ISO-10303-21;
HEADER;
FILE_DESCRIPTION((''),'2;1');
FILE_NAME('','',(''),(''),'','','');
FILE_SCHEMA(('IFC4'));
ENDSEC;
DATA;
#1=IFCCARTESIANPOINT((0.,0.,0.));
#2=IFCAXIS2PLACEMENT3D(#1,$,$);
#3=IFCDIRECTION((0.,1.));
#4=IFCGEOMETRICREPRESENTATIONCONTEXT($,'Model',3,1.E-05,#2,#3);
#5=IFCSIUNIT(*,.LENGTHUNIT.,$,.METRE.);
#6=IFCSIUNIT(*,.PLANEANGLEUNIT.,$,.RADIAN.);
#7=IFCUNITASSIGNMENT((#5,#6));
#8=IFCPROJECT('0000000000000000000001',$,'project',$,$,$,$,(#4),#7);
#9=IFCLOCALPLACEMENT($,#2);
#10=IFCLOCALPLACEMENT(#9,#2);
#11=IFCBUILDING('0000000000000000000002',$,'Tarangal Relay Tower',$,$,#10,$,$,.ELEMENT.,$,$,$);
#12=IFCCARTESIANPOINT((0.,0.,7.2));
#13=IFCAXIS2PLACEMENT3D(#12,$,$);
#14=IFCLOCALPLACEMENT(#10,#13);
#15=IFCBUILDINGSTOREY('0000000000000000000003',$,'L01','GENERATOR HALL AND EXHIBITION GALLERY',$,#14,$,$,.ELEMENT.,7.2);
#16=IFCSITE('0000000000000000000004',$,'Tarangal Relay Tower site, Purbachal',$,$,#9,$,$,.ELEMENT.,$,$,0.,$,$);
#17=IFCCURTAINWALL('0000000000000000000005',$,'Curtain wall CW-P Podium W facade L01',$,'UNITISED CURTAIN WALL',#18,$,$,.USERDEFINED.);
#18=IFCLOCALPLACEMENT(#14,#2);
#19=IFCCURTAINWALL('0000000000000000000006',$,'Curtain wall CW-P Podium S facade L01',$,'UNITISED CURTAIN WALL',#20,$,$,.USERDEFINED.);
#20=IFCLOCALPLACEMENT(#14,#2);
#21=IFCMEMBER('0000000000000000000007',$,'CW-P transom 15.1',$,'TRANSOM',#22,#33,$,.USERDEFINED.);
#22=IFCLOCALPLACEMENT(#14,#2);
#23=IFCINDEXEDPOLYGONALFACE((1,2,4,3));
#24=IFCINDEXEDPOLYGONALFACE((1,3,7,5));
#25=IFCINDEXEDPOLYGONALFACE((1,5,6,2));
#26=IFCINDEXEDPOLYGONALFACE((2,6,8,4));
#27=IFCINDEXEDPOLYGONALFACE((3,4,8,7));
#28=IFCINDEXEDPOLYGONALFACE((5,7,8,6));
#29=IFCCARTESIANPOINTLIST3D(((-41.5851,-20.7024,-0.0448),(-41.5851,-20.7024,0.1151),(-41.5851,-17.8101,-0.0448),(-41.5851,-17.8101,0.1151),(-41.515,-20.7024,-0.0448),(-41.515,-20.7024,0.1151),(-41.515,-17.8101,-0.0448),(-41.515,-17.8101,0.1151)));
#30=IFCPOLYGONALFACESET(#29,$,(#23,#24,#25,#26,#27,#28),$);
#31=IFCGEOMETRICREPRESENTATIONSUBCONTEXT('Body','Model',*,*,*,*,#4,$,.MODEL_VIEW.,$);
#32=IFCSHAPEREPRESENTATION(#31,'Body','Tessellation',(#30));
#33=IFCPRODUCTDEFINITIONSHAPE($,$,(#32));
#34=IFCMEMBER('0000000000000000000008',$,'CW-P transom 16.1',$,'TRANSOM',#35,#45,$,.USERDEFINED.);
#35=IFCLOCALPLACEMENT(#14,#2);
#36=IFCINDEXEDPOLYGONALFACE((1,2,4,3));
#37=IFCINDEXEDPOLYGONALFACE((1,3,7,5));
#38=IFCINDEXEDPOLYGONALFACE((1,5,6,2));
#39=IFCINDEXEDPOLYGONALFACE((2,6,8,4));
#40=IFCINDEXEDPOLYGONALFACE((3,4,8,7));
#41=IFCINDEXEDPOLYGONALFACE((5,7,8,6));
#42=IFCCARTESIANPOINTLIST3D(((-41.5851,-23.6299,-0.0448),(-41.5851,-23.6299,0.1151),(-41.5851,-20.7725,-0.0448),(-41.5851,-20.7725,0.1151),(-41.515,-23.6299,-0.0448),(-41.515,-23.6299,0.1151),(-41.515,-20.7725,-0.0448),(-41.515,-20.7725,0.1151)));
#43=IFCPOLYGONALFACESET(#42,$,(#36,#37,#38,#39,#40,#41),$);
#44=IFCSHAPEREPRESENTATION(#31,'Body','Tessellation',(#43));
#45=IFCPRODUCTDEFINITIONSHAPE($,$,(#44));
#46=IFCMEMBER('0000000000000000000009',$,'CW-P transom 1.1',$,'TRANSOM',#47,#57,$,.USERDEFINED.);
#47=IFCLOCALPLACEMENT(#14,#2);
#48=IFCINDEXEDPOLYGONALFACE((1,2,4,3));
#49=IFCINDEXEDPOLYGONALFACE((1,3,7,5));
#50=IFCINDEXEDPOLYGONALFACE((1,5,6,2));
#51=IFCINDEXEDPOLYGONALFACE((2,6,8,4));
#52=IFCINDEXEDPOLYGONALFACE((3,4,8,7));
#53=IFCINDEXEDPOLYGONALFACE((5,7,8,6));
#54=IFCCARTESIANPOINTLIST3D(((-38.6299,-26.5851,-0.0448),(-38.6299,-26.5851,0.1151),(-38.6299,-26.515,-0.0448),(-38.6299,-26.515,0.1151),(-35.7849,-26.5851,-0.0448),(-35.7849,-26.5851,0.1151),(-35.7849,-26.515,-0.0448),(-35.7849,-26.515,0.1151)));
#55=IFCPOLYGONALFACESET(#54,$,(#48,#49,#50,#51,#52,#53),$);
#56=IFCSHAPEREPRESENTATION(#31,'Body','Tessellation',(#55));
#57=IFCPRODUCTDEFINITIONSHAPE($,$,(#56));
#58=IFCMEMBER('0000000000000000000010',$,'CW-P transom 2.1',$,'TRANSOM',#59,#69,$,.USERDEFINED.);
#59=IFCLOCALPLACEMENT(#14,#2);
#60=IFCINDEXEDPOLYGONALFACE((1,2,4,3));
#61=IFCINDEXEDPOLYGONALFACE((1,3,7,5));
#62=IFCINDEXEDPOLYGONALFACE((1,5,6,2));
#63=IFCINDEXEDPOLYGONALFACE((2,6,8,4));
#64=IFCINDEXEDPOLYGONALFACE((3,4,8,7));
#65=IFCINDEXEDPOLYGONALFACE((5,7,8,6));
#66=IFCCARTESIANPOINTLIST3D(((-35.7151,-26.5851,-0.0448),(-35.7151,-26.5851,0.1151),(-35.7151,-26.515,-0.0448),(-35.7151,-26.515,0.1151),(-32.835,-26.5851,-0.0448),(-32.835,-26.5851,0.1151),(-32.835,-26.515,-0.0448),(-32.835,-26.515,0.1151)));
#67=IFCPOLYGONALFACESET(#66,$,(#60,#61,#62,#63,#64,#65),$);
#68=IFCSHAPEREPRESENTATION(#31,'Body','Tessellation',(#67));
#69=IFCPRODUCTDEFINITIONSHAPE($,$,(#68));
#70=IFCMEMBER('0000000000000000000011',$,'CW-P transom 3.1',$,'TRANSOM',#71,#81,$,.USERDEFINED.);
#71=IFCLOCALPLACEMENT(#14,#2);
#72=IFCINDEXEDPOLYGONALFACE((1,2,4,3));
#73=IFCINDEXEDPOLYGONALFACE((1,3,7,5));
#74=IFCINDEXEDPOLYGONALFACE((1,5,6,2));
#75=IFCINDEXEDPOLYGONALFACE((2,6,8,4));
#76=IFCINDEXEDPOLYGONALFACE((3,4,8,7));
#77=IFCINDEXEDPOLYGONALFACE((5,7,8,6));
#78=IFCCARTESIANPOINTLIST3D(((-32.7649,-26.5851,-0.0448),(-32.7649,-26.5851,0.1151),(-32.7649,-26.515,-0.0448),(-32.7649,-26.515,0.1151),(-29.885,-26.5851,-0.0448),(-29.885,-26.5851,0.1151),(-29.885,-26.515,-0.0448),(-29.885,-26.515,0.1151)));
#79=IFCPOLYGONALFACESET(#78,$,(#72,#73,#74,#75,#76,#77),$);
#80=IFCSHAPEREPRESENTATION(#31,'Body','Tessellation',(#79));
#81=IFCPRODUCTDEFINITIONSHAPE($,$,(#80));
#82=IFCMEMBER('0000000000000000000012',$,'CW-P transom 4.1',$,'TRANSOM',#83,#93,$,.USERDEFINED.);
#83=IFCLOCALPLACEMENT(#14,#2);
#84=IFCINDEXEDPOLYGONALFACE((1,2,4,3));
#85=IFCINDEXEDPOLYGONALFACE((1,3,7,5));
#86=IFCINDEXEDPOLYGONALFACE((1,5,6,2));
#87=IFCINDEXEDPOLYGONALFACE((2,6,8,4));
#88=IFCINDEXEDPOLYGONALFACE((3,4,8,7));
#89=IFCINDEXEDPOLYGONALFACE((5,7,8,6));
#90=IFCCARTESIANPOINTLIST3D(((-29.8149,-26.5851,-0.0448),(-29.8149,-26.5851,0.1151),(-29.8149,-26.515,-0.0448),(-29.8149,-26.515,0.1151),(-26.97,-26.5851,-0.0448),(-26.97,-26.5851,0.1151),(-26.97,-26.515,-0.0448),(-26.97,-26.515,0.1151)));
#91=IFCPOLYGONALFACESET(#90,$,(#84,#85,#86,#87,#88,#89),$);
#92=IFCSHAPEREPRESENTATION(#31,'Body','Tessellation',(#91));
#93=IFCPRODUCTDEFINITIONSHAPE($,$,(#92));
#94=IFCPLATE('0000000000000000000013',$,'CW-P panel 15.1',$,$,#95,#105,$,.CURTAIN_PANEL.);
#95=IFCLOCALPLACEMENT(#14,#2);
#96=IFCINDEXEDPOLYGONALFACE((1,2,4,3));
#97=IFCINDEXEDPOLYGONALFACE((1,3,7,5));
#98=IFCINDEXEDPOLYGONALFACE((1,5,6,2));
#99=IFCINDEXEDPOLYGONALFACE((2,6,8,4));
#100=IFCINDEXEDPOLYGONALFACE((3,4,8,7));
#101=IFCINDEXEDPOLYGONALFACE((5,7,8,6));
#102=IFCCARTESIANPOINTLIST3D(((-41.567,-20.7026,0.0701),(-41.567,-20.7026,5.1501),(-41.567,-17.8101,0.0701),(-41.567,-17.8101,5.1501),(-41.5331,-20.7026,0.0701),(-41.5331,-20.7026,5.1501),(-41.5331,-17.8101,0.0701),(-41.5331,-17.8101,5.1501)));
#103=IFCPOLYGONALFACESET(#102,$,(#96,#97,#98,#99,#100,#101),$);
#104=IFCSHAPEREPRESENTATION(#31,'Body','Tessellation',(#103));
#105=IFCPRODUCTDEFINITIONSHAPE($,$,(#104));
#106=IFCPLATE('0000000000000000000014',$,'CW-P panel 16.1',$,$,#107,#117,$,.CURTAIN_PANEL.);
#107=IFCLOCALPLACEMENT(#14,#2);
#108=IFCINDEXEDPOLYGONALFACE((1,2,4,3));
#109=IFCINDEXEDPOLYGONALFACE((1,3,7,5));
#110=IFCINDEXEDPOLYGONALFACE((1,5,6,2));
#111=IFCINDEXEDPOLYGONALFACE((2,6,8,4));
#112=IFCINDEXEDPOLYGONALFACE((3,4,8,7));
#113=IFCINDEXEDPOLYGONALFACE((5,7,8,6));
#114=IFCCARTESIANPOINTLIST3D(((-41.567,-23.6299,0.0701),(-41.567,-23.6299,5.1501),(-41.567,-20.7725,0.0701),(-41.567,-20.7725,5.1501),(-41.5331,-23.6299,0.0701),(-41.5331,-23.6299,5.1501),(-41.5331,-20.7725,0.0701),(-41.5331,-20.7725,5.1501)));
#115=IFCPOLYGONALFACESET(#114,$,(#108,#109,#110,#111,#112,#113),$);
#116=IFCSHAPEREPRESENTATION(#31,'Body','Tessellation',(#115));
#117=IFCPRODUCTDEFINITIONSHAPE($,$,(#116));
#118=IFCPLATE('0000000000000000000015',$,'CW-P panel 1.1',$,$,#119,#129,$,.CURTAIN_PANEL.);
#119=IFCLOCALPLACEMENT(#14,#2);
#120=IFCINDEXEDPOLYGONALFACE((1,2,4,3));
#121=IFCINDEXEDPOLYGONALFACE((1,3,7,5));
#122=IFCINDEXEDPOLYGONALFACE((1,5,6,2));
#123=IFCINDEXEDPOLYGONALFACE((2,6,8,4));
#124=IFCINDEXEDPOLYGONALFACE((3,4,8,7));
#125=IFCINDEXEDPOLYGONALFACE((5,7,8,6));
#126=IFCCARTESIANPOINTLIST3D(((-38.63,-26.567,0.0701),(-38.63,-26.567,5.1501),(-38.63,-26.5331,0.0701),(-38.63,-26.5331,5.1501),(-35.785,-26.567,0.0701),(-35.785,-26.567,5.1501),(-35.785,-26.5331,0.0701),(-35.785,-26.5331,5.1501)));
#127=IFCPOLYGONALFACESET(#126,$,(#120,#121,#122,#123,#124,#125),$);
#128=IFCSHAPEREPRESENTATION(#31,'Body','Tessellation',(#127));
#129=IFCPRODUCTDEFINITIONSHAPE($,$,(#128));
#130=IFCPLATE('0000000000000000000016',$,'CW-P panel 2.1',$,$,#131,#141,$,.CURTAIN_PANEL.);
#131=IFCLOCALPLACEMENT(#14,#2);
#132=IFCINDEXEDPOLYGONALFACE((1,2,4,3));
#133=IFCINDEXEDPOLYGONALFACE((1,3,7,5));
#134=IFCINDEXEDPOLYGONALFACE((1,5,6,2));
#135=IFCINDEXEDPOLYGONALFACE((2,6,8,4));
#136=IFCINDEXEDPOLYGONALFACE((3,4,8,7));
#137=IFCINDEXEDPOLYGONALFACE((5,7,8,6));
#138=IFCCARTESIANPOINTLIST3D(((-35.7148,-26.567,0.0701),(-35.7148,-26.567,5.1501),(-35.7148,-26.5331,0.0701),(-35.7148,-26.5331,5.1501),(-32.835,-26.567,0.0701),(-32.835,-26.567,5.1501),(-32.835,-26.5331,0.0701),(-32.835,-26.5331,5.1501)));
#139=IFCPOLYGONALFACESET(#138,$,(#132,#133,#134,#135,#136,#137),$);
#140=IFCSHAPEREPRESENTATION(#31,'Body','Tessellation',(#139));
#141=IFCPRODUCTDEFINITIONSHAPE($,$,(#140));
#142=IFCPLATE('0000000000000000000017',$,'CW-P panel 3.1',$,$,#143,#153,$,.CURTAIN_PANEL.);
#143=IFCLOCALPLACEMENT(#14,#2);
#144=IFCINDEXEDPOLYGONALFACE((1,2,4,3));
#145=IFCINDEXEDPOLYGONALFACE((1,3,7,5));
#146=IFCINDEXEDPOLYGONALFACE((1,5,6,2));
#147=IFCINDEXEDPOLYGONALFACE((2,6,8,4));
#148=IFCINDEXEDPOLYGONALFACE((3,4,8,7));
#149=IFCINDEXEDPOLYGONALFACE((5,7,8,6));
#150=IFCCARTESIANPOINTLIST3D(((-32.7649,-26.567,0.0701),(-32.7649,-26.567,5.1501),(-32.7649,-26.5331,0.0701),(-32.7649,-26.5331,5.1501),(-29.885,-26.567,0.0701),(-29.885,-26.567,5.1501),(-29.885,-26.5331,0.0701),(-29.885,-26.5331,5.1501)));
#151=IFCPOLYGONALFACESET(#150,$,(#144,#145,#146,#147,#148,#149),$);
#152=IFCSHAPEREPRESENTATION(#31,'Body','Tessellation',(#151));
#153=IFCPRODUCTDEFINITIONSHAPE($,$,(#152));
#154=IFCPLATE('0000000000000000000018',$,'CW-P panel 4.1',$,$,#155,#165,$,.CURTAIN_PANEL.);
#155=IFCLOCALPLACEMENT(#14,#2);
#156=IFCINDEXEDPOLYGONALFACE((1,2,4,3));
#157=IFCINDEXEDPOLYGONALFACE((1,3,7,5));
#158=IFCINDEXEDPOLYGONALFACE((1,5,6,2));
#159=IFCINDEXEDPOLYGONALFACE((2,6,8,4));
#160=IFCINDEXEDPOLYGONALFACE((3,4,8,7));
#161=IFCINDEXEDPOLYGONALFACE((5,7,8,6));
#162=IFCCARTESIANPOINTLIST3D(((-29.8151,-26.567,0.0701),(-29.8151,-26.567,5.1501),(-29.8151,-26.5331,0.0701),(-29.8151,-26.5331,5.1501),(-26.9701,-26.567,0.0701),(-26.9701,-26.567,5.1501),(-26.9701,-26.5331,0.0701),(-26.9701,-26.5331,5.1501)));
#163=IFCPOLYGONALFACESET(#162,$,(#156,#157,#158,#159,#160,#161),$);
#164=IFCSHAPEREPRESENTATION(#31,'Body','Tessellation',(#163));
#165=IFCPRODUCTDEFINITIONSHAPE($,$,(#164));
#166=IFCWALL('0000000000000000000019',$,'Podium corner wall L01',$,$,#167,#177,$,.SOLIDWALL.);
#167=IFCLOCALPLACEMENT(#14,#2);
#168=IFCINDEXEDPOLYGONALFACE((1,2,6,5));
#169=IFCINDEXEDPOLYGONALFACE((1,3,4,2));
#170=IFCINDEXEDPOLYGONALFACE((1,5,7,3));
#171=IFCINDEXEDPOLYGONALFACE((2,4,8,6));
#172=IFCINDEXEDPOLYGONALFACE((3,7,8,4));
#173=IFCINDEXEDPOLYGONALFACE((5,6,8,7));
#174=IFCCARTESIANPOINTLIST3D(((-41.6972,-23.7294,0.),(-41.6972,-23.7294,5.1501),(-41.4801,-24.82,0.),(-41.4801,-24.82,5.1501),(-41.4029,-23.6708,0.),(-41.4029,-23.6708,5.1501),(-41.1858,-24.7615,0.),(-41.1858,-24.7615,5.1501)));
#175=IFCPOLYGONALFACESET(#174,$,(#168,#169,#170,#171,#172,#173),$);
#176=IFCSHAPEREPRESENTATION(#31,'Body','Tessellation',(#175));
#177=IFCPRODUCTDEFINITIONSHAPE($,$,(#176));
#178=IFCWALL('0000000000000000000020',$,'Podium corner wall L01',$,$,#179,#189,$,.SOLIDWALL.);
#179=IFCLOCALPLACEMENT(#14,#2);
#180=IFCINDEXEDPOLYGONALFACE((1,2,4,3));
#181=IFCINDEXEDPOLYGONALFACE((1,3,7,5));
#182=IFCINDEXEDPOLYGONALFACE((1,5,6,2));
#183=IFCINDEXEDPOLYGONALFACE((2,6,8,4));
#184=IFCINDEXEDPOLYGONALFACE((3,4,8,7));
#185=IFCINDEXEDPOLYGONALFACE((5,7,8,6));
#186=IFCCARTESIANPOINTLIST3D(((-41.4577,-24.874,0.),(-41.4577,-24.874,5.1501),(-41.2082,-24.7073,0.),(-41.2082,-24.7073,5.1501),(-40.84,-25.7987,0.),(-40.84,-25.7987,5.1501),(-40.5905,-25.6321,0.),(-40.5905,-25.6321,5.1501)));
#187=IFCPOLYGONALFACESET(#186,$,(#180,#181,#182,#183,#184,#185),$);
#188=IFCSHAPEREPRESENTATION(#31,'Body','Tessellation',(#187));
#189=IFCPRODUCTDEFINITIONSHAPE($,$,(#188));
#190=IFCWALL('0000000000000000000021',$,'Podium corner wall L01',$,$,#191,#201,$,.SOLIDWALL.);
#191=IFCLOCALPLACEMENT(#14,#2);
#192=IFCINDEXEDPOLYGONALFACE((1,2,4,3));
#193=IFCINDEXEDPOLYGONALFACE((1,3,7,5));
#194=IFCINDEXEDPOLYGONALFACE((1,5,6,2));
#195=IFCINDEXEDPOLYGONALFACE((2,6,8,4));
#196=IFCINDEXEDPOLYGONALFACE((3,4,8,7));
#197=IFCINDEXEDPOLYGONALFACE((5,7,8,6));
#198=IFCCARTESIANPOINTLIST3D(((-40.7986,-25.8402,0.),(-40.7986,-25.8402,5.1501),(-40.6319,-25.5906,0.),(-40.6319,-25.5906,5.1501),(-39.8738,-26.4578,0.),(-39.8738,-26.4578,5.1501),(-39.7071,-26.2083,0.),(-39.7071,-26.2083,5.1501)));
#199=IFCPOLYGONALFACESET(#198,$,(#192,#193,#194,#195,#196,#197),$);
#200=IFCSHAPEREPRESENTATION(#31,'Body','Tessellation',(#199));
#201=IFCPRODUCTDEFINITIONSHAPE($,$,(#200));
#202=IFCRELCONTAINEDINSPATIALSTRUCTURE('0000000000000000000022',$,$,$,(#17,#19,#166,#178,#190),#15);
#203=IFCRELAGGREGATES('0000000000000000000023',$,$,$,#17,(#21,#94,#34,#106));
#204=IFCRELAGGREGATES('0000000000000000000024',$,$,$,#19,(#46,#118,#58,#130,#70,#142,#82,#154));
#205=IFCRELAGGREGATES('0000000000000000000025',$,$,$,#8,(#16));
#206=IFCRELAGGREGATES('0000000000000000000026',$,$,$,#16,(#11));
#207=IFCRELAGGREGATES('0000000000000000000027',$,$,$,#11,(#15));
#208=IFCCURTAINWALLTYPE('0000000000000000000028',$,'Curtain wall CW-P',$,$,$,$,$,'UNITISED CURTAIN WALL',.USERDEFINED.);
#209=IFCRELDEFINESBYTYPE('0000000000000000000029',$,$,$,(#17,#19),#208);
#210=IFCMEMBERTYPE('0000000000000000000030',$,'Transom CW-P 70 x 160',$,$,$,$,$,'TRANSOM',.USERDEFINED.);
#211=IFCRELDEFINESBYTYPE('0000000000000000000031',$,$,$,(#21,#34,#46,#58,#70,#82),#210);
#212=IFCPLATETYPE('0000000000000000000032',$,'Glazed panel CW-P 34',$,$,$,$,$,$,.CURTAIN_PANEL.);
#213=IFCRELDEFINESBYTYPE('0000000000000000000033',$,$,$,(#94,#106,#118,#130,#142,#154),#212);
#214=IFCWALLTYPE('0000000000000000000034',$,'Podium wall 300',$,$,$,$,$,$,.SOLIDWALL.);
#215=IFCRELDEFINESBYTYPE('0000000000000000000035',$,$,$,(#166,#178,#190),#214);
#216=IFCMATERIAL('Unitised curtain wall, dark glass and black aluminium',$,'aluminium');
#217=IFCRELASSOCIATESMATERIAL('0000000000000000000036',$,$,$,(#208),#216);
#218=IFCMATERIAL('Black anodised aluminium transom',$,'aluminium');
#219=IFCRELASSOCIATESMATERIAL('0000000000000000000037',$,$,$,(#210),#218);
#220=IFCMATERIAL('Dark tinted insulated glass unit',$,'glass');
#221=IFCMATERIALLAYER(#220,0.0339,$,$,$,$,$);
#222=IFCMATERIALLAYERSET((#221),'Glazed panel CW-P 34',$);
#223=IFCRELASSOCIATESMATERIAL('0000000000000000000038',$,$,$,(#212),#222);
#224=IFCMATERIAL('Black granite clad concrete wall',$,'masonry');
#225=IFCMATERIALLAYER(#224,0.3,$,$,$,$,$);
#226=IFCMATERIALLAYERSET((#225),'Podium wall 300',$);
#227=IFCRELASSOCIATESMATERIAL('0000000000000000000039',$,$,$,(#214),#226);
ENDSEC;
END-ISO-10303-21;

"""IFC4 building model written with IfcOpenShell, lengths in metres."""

from ifc_helpers import new_model, si_unit, direction, frame, frame_2d, origin, origin_2d, place, context, subcontext, project, spatial, rectangle, extrude, material, layer, layer_set, material_profile, profile_set, type_object, element, aggregate, save


model = new_model("IFC4")

# Units and contexts
model_context = context("Model", 3, precision=1e-05, world=origin(), true_north=direction((0.0, 1.0)))
body_context = subcontext(model_context, "Body", "Model", "MODEL_VIEW")
ifc_project = project(units=[si_unit("LENGTHUNIT", "METRE"), si_unit("PLANEANGLEUNIT", "RADIAN")], contexts=[model_context])

# Site, building, storey
site_placement = place(None, origin())
site = spatial("IfcSite", under=ifc_project, at=site_placement, Name="Tarangal Relay Tower site, Purbachal", CompositionType="ELEMENT", RefElevation=0.0)
building_placement = place(site_placement, origin())
building = spatial("IfcBuilding", under=site, at=building_placement, Name="Tarangal Relay Tower", CompositionType="ELEMENT")
storey_placement = place(building_placement, frame((0.0, 0.0, 7.2)))
storey = spatial("IfcBuildingStorey", under=building, at=storey_placement, Name="L01", Description="GENERATOR HALL AND EXHIBITION GALLERY", CompositionType="ELEMENT", Elevation=7.2)

# Curtain walls
ifc_material_1 = material(Name="Unitised curtain wall, dark glass and black aluminium", Category="aluminium")
curtain_wall_type = type_object("IfcCurtainWallType", Name="Curtain wall CW-P", ElementType="UNITISED CURTAIN WALL", PredefinedType="USERDEFINED", material=ifc_material_1)
curtain_wall_1_placement = place(storey_placement, origin())
curtain_wall_1 = element("IfcCurtainWall", 1, at=curtain_wall_1_placement, inside=storey, type_object=curtain_wall_type, Name="Curtain wall CW-P Podium W facade L01", ObjectType="UNITISED CURTAIN WALL", PredefinedType="USERDEFINED")
curtain_wall_2_placement = place(storey_placement, origin())
curtain_wall_2 = element("IfcCurtainWall", 2, at=curtain_wall_2_placement, inside=storey, type_object=curtain_wall_type, Name="Curtain wall CW-P Podium S facade L01", ObjectType="UNITISED CURTAIN WALL", PredefinedType="USERDEFINED")

# Members
ifc_material_2 = material(Name="Black anodised aluminium transom", Category="aluminium")
ifc_material_profile_1 = material_profile(ifc_material_2, rectangle(XDim=0.0701, YDim=0.1599, at=origin_2d()), Name="CW-PT 70X160")
ifc_profile_set_1 = profile_set([ifc_material_profile_1], Name="Black anodised aluminium transom")
member_type_1 = type_object("IfcMemberType", Name="Transom CW-P 70 x 160", ElementType="TRANSOM", PredefinedType="USERDEFINED", material=ifc_profile_set_1)
member_1_placement = place(storey_placement, frame((-41.55, -17.8101, 0.0352), z_axis=(0.0, -1.0, 0.0), x_axis=(1.0, 0.0, 0.0)))
member_1 = element("IfcMember", 3, at=member_1_placement, type_object=member_type_1, Name="CW-P transom 15.1", ObjectType="TRANSOM", PredefinedType="USERDEFINED", context=body_context, shape_type="SweptSolid", body=[
    extrude(rectangle(XDim=0.0701, YDim=0.1599, at=origin_2d()), origin(), (0.0, 0.0, 1.0), 2.8923),
])
member_2_placement = place(storey_placement, frame((-41.55, -20.7725, 0.0352), z_axis=(0.0, -1.0, 0.0), x_axis=(1.0, 0.0, 0.0)))
member_2 = element("IfcMember", 4, at=member_2_placement, type_object=member_type_1, Name="CW-P transom 16.1", ObjectType="TRANSOM", PredefinedType="USERDEFINED", context=body_context, shape_type="SweptSolid", body=[
    extrude(rectangle(XDim=0.0701, YDim=0.1599, at=origin_2d()), origin(), (0.0, 0.0, 1.0), 2.8574),
])
member_3_placement = place(storey_placement, frame((-38.6299, -26.55, 0.0352), z_axis=(1.0, 0.0, 0.0), x_axis=(0.0, 1.0, 0.0)))
member_3 = element("IfcMember", 5, at=member_3_placement, type_object=member_type_1, Name="CW-P transom 1.1", ObjectType="TRANSOM", PredefinedType="USERDEFINED", context=body_context, shape_type="SweptSolid", body=[
    extrude(rectangle(XDim=0.0701, YDim=0.1599, at=origin_2d()), origin(), (0.0, 0.0, 1.0), 2.845),
])
member_4_placement = place(storey_placement, frame((-35.7151, -26.55, 0.0352), z_axis=(1.0, 0.0, 0.0), x_axis=(0.0, 1.0, 0.0)))
member_4 = element("IfcMember", 6, at=member_4_placement, type_object=member_type_1, Name="CW-P transom 2.1", ObjectType="TRANSOM", PredefinedType="USERDEFINED", context=body_context, shape_type="SweptSolid", body=[
    extrude(rectangle(XDim=0.0701, YDim=0.1599, at=origin_2d()), origin(), (0.0, 0.0, 1.0), 2.8801),
])
member_5_placement = place(storey_placement, frame((-32.7649, -26.55, 0.0352), z_axis=(1.0, 0.0, 0.0), x_axis=(0.0, 1.0, 0.0)))
member_5 = element("IfcMember", 7, at=member_5_placement, type_object=member_type_1, Name="CW-P transom 3.1", ObjectType="TRANSOM", PredefinedType="USERDEFINED", context=body_context, shape_type="SweptSolid", body=[
    extrude(rectangle(XDim=0.0701, YDim=0.1599, at=origin_2d()), origin(), (0.0, 0.0, 1.0), 2.8799),
])
member_6_placement = place(storey_placement, frame((-29.8149, -26.55, 0.0352), z_axis=(1.0, 0.0, 0.0), x_axis=(0.0, 1.0, 0.0)))
member_6 = element("IfcMember", 8, at=member_6_placement, type_object=member_type_1, Name="CW-P transom 4.1", ObjectType="TRANSOM", PredefinedType="USERDEFINED", context=body_context, shape_type="SweptSolid", body=[
    extrude(rectangle(XDim=0.0701, YDim=0.1599, at=origin_2d()), origin(), (0.0, 0.0, 1.0), 2.845),
])

# Plates
ifc_material_3 = material(Name="Dark tinted insulated glass unit", Category="glass")
ifc_layer_1 = layer(ifc_material_3, 0.0339)
ifc_layer_set_1 = layer_set([ifc_layer_1], Name="Glazed panel CW-P 34")
plate_type = type_object("IfcPlateType", Name="Glazed panel CW-P 34", PredefinedType="CURTAIN_PANEL", material=ifc_layer_set_1)
plate_1_placement = place(storey_placement, frame((-41.55, -19.2563, 0.0701), z_axis=(0.0, 0.0, 1.0), x_axis=(0.0, -1.0, 0.0)))
plate_1 = element("IfcPlate", 9, at=plate_1_placement, type_object=plate_type, Name="CW-P panel 15.1", PredefinedType="CURTAIN_PANEL", context=body_context, shape_type="SweptSolid", body=[
    extrude(rectangle(XDim=2.8926, YDim=0.0339, at=origin_2d()), origin(), (0.0, 0.0, 1.0), 5.0801),
])
plate_2_placement = place(storey_placement, frame((-41.55, -22.2012, 0.0701), z_axis=(0.0, 0.0, 1.0), x_axis=(0.0, -1.0, 0.0)))
plate_2 = element("IfcPlate", 10, at=plate_2_placement, type_object=plate_type, Name="CW-P panel 16.1", PredefinedType="CURTAIN_PANEL", context=body_context, shape_type="SweptSolid", body=[
    extrude(rectangle(XDim=2.8574, YDim=0.0339, at=origin_2d()), origin(), (0.0, 0.0, 1.0), 5.0801),
])
aggregate(curtain_wall_1, [member_1, plate_1, member_2, plate_2])
plate_3_placement = place(storey_placement, frame((-37.2075, -26.55, 0.0701), z_axis=(0.0, 0.0, 1.0), x_axis=(1.0, 0.0, 0.0)))
plate_3 = element("IfcPlate", 11, at=plate_3_placement, type_object=plate_type, Name="CW-P panel 1.1", PredefinedType="CURTAIN_PANEL", context=body_context, shape_type="SweptSolid", body=[
    extrude(rectangle(XDim=2.845, YDim=0.0339, at=origin_2d()), origin(), (0.0, 0.0, 1.0), 5.0801),
])
plate_4_placement = place(storey_placement, frame((-34.2749, -26.55, 0.0701), z_axis=(0.0, 0.0, 1.0), x_axis=(1.0, 0.0, 0.0)))
plate_4 = element("IfcPlate", 12, at=plate_4_placement, type_object=plate_type, Name="CW-P panel 2.1", PredefinedType="CURTAIN_PANEL", context=body_context, shape_type="SweptSolid", body=[
    extrude(rectangle(XDim=2.8799, YDim=0.0339, at=origin_2d()), origin(), (0.0, 0.0, 1.0), 5.0801),
])
plate_5_placement = place(storey_placement, frame((-31.325, -26.55, 0.0701), z_axis=(0.0, 0.0, 1.0), x_axis=(1.0, 0.0, 0.0)))
plate_5 = element("IfcPlate", 13, at=plate_5_placement, type_object=plate_type, Name="CW-P panel 3.1", PredefinedType="CURTAIN_PANEL", context=body_context, shape_type="SweptSolid", body=[
    extrude(rectangle(XDim=2.8799, YDim=0.0339, at=origin_2d()), origin(), (0.0, 0.0, 1.0), 5.0801),
])
plate_6_placement = place(storey_placement, frame((-28.3926, -26.55, 0.0701), z_axis=(0.0, 0.0, 1.0), x_axis=(1.0, 0.0, 0.0)))
plate_6 = element("IfcPlate", 14, at=plate_6_placement, type_object=plate_type, Name="CW-P panel 4.1", PredefinedType="CURTAIN_PANEL", context=body_context, shape_type="SweptSolid", body=[
    extrude(rectangle(XDim=2.845, YDim=0.0339, at=origin_2d()), origin(), (0.0, 0.0, 1.0), 5.0801),
])
aggregate(curtain_wall_2, [member_3, plate_3, member_4, plate_4, member_5, plate_5, member_6, plate_6])

# Walls
ifc_material_4 = material(Name="Black granite clad concrete wall", Category="masonry")
ifc_layer_2 = layer(ifc_material_4, 0.3)
ifc_layer_set_2 = layer_set([ifc_layer_2], Name="Podium wall 300")
wall_type = type_object("IfcWallType", Name="Podium wall 300", PredefinedType="SOLIDWALL", material=ifc_layer_set_2)
for number, where, z_axis, x_axis, name in (
    (15, (-41.55, -23.7, 0.0), (0.0, 0.0, 1.0), (0.195187, -0.980766, 0.0), "Podium corner wall L01"),
    (16, (-41.333, -24.7905, 0.0), (0.0, 0.0, 1.0), (0.555409, -0.831577, 0.0), "Podium corner wall L01"),
    (17, (-40.7153, -25.7153, 0.0), (0.0, 0.0, 1.0), (0.831577, -0.555409, 0.0), "Podium corner wall L01"),
):
    element("IfcWall", number, at=place(storey_placement, frame(where, z_axis=z_axis, x_axis=x_axis)), inside=storey, type_object=wall_type, Name=name, PredefinedType="SOLIDWALL", context=body_context, shape_type="SweptSolid", body=[
        extrude(rectangle(XDim=1.1121, YDim=0.3, at=frame_2d((0.5562, 0.0))), origin(), (0.0, 0.0, 1.0), 5.1501),
    ])

save(model, "model.ifc")
